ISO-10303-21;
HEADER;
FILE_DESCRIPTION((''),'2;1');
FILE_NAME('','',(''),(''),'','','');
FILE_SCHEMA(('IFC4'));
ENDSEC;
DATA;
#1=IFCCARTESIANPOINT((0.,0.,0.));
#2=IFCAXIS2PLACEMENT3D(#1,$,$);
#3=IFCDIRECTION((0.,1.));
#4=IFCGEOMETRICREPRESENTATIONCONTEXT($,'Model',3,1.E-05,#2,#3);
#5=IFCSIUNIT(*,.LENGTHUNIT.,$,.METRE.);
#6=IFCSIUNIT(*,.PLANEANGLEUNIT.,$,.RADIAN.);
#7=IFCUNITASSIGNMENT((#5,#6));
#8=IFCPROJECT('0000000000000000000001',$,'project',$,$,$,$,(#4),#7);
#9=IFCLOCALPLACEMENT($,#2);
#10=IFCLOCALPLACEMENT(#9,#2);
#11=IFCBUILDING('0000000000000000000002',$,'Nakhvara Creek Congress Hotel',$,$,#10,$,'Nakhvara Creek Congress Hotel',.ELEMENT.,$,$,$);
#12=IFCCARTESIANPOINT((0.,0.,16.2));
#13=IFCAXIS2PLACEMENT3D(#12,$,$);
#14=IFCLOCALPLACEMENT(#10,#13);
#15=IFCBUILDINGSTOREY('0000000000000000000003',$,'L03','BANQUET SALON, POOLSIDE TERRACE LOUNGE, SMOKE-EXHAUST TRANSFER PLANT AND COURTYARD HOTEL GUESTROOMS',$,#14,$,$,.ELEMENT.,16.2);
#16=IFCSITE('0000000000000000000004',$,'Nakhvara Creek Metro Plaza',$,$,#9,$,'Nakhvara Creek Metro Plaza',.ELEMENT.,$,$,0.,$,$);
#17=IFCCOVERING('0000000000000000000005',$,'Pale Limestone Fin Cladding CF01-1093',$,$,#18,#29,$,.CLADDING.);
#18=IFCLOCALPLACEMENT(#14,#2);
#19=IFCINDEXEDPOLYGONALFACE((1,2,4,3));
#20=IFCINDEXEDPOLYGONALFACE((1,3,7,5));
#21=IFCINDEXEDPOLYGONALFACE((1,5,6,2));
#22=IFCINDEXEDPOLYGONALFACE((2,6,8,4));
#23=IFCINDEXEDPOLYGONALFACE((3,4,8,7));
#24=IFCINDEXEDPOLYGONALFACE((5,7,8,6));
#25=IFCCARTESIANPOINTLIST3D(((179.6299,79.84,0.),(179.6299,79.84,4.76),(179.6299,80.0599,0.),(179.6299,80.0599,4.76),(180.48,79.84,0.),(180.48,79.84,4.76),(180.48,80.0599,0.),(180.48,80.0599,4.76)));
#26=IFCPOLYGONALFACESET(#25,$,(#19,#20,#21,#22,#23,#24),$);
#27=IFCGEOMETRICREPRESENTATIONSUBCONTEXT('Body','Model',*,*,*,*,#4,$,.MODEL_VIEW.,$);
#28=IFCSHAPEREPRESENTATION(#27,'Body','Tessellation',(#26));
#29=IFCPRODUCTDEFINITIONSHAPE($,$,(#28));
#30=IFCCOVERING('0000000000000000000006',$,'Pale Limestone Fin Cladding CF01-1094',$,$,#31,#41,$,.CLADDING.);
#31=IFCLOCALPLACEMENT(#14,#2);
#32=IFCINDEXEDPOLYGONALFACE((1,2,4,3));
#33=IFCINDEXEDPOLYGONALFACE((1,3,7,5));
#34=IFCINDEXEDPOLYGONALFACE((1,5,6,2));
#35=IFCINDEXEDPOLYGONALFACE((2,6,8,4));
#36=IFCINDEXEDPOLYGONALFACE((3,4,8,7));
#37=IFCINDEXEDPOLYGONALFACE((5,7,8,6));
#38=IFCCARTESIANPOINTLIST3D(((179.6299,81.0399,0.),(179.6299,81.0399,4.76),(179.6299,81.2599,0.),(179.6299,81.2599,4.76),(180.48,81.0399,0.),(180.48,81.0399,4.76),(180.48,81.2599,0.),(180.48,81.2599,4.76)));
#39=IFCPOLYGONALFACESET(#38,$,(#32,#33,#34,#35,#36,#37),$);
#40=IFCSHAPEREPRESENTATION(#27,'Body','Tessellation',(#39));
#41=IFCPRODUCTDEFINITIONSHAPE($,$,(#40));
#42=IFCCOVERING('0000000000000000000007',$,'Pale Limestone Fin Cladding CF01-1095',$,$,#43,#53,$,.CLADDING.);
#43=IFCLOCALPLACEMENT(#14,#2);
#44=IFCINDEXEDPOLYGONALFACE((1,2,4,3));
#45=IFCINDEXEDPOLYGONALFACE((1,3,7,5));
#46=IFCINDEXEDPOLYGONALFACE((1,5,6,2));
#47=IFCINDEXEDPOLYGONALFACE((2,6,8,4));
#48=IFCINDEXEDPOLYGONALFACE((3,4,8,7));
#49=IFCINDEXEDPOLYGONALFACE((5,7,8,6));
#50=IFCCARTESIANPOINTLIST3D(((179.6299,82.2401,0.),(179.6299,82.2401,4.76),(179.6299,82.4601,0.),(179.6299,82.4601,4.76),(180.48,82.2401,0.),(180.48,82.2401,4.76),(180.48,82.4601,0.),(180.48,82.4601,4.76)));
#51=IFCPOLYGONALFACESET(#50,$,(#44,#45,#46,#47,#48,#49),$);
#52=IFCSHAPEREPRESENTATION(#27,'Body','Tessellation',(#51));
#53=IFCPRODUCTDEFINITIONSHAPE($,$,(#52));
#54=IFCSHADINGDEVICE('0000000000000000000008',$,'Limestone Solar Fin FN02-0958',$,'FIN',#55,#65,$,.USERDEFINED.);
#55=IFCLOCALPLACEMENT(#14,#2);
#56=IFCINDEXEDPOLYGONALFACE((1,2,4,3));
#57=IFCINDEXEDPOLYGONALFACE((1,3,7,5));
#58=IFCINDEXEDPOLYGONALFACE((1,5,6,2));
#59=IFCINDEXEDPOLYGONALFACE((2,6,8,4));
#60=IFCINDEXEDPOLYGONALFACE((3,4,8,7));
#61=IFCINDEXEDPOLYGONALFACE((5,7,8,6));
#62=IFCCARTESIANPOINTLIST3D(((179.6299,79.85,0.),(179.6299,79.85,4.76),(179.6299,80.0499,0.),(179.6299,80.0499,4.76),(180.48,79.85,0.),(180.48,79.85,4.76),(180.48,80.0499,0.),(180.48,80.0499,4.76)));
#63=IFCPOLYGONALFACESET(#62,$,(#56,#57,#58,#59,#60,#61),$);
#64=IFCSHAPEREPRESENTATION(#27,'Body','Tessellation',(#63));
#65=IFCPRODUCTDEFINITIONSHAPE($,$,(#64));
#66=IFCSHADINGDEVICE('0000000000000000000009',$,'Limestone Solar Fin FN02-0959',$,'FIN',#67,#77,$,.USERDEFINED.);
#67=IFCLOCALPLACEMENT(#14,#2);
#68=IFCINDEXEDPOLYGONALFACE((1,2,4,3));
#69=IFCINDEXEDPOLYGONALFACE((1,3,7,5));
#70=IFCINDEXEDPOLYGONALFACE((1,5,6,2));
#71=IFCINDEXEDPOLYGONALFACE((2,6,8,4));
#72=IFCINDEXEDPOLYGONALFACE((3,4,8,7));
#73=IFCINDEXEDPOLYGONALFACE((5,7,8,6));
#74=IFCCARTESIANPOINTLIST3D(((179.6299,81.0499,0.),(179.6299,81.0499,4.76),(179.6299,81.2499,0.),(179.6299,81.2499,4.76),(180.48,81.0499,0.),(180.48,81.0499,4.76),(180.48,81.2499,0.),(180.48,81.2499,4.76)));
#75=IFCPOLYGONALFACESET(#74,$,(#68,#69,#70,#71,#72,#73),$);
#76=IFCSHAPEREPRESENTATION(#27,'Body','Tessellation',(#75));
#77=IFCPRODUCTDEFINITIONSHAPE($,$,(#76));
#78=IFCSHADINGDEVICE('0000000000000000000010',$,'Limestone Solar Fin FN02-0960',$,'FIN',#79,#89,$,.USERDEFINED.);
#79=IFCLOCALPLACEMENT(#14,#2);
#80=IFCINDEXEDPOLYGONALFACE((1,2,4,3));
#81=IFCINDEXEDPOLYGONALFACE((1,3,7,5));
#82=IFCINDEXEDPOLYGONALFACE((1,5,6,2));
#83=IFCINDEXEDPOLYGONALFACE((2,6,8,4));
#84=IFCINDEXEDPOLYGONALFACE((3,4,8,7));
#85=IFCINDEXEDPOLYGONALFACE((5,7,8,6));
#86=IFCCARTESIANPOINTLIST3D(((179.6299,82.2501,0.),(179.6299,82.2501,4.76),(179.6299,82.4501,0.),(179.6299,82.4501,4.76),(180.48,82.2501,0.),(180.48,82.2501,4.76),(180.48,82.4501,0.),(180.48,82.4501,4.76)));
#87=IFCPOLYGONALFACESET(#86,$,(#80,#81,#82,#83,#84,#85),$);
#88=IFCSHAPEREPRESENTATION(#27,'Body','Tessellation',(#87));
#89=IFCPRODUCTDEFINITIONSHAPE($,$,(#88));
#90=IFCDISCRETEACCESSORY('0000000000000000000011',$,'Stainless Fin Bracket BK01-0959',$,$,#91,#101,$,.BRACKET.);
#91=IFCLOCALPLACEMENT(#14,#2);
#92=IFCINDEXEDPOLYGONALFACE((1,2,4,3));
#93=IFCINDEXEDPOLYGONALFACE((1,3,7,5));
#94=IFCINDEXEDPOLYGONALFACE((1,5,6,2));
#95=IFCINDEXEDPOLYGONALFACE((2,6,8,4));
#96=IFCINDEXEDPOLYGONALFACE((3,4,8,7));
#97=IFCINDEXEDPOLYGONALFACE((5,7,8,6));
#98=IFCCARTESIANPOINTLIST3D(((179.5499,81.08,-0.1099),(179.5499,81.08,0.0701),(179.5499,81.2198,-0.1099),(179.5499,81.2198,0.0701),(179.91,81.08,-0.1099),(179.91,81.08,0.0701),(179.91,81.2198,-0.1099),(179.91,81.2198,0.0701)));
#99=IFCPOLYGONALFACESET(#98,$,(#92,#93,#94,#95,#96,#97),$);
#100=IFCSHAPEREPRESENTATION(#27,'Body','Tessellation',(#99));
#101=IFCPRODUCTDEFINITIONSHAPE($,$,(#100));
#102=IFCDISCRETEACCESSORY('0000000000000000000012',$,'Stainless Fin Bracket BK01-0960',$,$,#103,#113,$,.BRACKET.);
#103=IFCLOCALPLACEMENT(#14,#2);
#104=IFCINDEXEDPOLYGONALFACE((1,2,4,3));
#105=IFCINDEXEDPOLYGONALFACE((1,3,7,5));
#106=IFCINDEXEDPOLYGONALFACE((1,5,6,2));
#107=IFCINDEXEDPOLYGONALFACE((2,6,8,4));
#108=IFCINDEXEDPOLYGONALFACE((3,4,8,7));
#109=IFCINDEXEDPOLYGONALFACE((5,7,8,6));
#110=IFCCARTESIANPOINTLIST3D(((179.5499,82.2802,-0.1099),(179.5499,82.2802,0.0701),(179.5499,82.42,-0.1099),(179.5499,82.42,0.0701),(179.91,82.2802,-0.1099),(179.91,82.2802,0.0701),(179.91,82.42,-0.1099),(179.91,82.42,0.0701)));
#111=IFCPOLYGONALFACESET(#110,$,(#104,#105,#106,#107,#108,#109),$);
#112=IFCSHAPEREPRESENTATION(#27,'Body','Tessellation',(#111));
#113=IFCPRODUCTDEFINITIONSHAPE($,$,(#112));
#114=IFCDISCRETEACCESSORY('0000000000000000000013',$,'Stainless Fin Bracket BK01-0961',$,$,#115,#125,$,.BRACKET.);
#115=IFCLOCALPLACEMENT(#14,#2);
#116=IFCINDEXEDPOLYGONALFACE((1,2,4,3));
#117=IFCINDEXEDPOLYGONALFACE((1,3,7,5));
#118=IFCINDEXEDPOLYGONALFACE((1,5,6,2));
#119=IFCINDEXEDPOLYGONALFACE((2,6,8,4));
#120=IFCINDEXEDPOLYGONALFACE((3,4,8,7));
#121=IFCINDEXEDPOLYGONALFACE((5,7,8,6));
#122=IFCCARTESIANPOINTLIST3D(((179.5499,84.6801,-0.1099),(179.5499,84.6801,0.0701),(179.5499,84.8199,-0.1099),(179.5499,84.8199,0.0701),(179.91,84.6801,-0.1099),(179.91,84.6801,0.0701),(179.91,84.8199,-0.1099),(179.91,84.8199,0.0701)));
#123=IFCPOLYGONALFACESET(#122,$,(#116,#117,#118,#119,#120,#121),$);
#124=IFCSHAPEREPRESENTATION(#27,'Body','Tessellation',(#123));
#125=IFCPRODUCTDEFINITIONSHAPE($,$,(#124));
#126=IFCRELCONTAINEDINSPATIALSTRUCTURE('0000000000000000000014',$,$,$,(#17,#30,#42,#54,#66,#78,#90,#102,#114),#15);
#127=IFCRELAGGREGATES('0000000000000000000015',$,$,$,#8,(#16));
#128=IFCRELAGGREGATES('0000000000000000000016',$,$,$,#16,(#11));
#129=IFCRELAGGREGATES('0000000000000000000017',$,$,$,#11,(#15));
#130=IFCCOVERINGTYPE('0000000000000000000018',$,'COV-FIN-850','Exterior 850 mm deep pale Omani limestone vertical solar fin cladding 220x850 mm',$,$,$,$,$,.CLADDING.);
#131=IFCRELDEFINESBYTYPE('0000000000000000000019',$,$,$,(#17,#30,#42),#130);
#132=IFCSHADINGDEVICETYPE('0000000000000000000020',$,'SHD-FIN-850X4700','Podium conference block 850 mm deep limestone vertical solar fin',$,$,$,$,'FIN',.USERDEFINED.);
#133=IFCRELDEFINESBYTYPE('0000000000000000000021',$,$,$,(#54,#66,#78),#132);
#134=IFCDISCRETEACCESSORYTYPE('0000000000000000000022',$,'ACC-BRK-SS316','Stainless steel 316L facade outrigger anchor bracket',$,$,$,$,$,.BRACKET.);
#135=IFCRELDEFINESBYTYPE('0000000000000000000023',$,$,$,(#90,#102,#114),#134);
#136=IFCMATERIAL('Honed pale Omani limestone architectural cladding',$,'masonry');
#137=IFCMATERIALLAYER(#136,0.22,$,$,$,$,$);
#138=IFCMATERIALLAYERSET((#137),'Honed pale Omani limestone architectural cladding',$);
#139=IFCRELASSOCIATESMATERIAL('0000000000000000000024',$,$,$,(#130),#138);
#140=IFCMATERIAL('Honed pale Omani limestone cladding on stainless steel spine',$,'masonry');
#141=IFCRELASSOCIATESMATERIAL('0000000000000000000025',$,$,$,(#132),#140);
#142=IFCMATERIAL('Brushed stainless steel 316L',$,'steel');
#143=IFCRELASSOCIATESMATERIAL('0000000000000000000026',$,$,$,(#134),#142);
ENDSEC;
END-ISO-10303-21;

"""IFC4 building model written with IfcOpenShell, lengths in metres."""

from ifc_helpers import new_model, si_unit, direction, frame, origin, origin_2d, place, context, subcontext, project, spatial, rectangle, extrude, material, layer, layer_set, type_object, element, save


model = new_model("IFC4")

# Units and contexts
model_context = context("Model", 3, precision=1e-05, world=origin(), true_north=direction((0.0, 1.0)))
body_context = subcontext(model_context, "Body", "Model", "MODEL_VIEW")
ifc_project = project(units=[si_unit("LENGTHUNIT", "METRE"), si_unit("PLANEANGLEUNIT", "RADIAN")], contexts=[model_context])

# Site, building, storey
site_placement = place(None, origin())
site = spatial("IfcSite", under=ifc_project, at=site_placement, Name="Nakhvara Creek Metro Plaza", LongName="Nakhvara Creek Metro Plaza", CompositionType="ELEMENT", RefElevation=0.0)
building_placement = place(site_placement, origin())
building = spatial("IfcBuilding", under=site, at=building_placement, Name="Nakhvara Creek Congress Hotel", LongName="Nakhvara Creek Congress Hotel", CompositionType="ELEMENT")
storey_placement = place(building_placement, frame((0.0, 0.0, 16.2)))
storey = spatial("IfcBuildingStorey", under=building, at=storey_placement, Name="L03", Description="BANQUET SALON, POOLSIDE TERRACE LOUNGE, SMOKE-EXHAUST TRANSFER PLANT AND COURTYARD HOTEL GUESTROOMS", CompositionType="ELEMENT", Elevation=16.2)

# Coverings
ifc_material_1 = material(Name="Honed pale Omani limestone architectural cladding", Category="masonry")
ifc_layer_1 = layer(ifc_material_1, 0.22)
ifc_layer_set_1 = layer_set([ifc_layer_1], Name="Honed pale Omani limestone architectural cladding")
covering_type = type_object("IfcCoveringType", Name="COV-FIN-850", Description="Exterior 850 mm deep pale Omani limestone vertical solar fin cladding 220x850 mm", PredefinedType="CLADDING", material=ifc_layer_set_1)
for number, where, z_axis, x_axis, name in (
    (1, (180.0549, 79.95, 0.0), (0.0, 0.0, 1.0), (0.0, 1.0, 0.0), "Pale Limestone Fin Cladding CF01-1093"),
    (2, (180.0549, 81.1499, 0.0), (0.0, 0.0, 1.0), (0.0, 1.0, 0.0), "Pale Limestone Fin Cladding CF01-1094"),
    (3, (180.0549, 82.3501, 0.0), (0.0, 0.0, 1.0), (0.0, 1.0, 0.0), "Pale Limestone Fin Cladding CF01-1095"),
):
    element("IfcCovering", number, at=place(storey_placement, frame(where, z_axis=z_axis, x_axis=x_axis)), inside=storey, type_object=covering_type, Name=name, PredefinedType="CLADDING", context=body_context, shape_type="SweptSolid", body=[
        extrude(rectangle(XDim=0.22, YDim=0.8501, at=origin_2d()), origin(), (0.0, 0.0, 1.0), 4.76),
    ])

# Shading devices
ifc_material_2 = material(Name="Honed pale Omani limestone cladding on stainless steel spine", Category="masonry")
shading_device_type = type_object("IfcShadingDeviceType", Name="SHD-FIN-850X4700", Description="Podium conference block 850 mm deep limestone vertical solar fin", ElementType="FIN", PredefinedType="USERDEFINED", material=ifc_material_2)
for number, where, z_axis, x_axis, name in (
    (4, (180.0549, 79.95, 0.0), (0.0, 0.0, 1.0), (0.0, 1.0, 0.0), "Limestone Solar Fin FN02-0958"),
    (5, (180.0549, 81.1499, 0.0), (0.0, 0.0, 1.0), (0.0, 1.0, 0.0), "Limestone Solar Fin FN02-0959"),
    (6, (180.0549, 82.3501, 0.0), (0.0, 0.0, 1.0), (0.0, 1.0, 0.0), "Limestone Solar Fin FN02-0960"),
):
    element("IfcShadingDevice", number, at=place(storey_placement, frame(where, z_axis=z_axis, x_axis=x_axis)), inside=storey, type_object=shading_device_type, Name=name, ObjectType="FIN", PredefinedType="USERDEFINED", context=body_context, shape_type="SweptSolid", body=[
        extrude(rectangle(XDim=0.2, YDim=0.8501, at=origin_2d()), origin(), (0.0, 0.0, 1.0), 4.76),
    ])

# Discrete accessories
ifc_material_3 = material(Name="Brushed stainless steel 316L", Category="steel")
discrete_accessory_type = type_object("IfcDiscreteAccessoryType", Name="ACC-BRK-SS316", Description="Stainless steel 316L facade outrigger anchor bracket", PredefinedType="BRACKET", material=ifc_material_3)
for number, where, z_axis, x_axis, name in (
    (7, (179.73, 81.1499, -0.1099), (0.0, 0.0, 1.0), (0.0, 1.0, 0.0), "Stainless Fin Bracket BK01-0959"),
    (8, (179.73, 82.3501, -0.1099), (0.0, 0.0, 1.0), (0.0, 1.0, 0.0), "Stainless Fin Bracket BK01-0960"),
    (9, (179.73, 84.75, -0.1099), (0.0, 0.0, 1.0), (0.0, 1.0, 0.0), "Stainless Fin Bracket BK01-0961"),
):
    element("IfcDiscreteAccessory", number, at=place(storey_placement, frame(where, z_axis=z_axis, x_axis=x_axis)), inside=storey, type_object=discrete_accessory_type, Name=name, PredefinedType="BRACKET", context=body_context, shape_type="SweptSolid", body=[
        extrude(rectangle(XDim=0.1399, YDim=0.3601, at=origin_2d()), origin(), (0.0, 0.0, 1.0), 0.1799),
    ])

save(model, "model.ifc")
